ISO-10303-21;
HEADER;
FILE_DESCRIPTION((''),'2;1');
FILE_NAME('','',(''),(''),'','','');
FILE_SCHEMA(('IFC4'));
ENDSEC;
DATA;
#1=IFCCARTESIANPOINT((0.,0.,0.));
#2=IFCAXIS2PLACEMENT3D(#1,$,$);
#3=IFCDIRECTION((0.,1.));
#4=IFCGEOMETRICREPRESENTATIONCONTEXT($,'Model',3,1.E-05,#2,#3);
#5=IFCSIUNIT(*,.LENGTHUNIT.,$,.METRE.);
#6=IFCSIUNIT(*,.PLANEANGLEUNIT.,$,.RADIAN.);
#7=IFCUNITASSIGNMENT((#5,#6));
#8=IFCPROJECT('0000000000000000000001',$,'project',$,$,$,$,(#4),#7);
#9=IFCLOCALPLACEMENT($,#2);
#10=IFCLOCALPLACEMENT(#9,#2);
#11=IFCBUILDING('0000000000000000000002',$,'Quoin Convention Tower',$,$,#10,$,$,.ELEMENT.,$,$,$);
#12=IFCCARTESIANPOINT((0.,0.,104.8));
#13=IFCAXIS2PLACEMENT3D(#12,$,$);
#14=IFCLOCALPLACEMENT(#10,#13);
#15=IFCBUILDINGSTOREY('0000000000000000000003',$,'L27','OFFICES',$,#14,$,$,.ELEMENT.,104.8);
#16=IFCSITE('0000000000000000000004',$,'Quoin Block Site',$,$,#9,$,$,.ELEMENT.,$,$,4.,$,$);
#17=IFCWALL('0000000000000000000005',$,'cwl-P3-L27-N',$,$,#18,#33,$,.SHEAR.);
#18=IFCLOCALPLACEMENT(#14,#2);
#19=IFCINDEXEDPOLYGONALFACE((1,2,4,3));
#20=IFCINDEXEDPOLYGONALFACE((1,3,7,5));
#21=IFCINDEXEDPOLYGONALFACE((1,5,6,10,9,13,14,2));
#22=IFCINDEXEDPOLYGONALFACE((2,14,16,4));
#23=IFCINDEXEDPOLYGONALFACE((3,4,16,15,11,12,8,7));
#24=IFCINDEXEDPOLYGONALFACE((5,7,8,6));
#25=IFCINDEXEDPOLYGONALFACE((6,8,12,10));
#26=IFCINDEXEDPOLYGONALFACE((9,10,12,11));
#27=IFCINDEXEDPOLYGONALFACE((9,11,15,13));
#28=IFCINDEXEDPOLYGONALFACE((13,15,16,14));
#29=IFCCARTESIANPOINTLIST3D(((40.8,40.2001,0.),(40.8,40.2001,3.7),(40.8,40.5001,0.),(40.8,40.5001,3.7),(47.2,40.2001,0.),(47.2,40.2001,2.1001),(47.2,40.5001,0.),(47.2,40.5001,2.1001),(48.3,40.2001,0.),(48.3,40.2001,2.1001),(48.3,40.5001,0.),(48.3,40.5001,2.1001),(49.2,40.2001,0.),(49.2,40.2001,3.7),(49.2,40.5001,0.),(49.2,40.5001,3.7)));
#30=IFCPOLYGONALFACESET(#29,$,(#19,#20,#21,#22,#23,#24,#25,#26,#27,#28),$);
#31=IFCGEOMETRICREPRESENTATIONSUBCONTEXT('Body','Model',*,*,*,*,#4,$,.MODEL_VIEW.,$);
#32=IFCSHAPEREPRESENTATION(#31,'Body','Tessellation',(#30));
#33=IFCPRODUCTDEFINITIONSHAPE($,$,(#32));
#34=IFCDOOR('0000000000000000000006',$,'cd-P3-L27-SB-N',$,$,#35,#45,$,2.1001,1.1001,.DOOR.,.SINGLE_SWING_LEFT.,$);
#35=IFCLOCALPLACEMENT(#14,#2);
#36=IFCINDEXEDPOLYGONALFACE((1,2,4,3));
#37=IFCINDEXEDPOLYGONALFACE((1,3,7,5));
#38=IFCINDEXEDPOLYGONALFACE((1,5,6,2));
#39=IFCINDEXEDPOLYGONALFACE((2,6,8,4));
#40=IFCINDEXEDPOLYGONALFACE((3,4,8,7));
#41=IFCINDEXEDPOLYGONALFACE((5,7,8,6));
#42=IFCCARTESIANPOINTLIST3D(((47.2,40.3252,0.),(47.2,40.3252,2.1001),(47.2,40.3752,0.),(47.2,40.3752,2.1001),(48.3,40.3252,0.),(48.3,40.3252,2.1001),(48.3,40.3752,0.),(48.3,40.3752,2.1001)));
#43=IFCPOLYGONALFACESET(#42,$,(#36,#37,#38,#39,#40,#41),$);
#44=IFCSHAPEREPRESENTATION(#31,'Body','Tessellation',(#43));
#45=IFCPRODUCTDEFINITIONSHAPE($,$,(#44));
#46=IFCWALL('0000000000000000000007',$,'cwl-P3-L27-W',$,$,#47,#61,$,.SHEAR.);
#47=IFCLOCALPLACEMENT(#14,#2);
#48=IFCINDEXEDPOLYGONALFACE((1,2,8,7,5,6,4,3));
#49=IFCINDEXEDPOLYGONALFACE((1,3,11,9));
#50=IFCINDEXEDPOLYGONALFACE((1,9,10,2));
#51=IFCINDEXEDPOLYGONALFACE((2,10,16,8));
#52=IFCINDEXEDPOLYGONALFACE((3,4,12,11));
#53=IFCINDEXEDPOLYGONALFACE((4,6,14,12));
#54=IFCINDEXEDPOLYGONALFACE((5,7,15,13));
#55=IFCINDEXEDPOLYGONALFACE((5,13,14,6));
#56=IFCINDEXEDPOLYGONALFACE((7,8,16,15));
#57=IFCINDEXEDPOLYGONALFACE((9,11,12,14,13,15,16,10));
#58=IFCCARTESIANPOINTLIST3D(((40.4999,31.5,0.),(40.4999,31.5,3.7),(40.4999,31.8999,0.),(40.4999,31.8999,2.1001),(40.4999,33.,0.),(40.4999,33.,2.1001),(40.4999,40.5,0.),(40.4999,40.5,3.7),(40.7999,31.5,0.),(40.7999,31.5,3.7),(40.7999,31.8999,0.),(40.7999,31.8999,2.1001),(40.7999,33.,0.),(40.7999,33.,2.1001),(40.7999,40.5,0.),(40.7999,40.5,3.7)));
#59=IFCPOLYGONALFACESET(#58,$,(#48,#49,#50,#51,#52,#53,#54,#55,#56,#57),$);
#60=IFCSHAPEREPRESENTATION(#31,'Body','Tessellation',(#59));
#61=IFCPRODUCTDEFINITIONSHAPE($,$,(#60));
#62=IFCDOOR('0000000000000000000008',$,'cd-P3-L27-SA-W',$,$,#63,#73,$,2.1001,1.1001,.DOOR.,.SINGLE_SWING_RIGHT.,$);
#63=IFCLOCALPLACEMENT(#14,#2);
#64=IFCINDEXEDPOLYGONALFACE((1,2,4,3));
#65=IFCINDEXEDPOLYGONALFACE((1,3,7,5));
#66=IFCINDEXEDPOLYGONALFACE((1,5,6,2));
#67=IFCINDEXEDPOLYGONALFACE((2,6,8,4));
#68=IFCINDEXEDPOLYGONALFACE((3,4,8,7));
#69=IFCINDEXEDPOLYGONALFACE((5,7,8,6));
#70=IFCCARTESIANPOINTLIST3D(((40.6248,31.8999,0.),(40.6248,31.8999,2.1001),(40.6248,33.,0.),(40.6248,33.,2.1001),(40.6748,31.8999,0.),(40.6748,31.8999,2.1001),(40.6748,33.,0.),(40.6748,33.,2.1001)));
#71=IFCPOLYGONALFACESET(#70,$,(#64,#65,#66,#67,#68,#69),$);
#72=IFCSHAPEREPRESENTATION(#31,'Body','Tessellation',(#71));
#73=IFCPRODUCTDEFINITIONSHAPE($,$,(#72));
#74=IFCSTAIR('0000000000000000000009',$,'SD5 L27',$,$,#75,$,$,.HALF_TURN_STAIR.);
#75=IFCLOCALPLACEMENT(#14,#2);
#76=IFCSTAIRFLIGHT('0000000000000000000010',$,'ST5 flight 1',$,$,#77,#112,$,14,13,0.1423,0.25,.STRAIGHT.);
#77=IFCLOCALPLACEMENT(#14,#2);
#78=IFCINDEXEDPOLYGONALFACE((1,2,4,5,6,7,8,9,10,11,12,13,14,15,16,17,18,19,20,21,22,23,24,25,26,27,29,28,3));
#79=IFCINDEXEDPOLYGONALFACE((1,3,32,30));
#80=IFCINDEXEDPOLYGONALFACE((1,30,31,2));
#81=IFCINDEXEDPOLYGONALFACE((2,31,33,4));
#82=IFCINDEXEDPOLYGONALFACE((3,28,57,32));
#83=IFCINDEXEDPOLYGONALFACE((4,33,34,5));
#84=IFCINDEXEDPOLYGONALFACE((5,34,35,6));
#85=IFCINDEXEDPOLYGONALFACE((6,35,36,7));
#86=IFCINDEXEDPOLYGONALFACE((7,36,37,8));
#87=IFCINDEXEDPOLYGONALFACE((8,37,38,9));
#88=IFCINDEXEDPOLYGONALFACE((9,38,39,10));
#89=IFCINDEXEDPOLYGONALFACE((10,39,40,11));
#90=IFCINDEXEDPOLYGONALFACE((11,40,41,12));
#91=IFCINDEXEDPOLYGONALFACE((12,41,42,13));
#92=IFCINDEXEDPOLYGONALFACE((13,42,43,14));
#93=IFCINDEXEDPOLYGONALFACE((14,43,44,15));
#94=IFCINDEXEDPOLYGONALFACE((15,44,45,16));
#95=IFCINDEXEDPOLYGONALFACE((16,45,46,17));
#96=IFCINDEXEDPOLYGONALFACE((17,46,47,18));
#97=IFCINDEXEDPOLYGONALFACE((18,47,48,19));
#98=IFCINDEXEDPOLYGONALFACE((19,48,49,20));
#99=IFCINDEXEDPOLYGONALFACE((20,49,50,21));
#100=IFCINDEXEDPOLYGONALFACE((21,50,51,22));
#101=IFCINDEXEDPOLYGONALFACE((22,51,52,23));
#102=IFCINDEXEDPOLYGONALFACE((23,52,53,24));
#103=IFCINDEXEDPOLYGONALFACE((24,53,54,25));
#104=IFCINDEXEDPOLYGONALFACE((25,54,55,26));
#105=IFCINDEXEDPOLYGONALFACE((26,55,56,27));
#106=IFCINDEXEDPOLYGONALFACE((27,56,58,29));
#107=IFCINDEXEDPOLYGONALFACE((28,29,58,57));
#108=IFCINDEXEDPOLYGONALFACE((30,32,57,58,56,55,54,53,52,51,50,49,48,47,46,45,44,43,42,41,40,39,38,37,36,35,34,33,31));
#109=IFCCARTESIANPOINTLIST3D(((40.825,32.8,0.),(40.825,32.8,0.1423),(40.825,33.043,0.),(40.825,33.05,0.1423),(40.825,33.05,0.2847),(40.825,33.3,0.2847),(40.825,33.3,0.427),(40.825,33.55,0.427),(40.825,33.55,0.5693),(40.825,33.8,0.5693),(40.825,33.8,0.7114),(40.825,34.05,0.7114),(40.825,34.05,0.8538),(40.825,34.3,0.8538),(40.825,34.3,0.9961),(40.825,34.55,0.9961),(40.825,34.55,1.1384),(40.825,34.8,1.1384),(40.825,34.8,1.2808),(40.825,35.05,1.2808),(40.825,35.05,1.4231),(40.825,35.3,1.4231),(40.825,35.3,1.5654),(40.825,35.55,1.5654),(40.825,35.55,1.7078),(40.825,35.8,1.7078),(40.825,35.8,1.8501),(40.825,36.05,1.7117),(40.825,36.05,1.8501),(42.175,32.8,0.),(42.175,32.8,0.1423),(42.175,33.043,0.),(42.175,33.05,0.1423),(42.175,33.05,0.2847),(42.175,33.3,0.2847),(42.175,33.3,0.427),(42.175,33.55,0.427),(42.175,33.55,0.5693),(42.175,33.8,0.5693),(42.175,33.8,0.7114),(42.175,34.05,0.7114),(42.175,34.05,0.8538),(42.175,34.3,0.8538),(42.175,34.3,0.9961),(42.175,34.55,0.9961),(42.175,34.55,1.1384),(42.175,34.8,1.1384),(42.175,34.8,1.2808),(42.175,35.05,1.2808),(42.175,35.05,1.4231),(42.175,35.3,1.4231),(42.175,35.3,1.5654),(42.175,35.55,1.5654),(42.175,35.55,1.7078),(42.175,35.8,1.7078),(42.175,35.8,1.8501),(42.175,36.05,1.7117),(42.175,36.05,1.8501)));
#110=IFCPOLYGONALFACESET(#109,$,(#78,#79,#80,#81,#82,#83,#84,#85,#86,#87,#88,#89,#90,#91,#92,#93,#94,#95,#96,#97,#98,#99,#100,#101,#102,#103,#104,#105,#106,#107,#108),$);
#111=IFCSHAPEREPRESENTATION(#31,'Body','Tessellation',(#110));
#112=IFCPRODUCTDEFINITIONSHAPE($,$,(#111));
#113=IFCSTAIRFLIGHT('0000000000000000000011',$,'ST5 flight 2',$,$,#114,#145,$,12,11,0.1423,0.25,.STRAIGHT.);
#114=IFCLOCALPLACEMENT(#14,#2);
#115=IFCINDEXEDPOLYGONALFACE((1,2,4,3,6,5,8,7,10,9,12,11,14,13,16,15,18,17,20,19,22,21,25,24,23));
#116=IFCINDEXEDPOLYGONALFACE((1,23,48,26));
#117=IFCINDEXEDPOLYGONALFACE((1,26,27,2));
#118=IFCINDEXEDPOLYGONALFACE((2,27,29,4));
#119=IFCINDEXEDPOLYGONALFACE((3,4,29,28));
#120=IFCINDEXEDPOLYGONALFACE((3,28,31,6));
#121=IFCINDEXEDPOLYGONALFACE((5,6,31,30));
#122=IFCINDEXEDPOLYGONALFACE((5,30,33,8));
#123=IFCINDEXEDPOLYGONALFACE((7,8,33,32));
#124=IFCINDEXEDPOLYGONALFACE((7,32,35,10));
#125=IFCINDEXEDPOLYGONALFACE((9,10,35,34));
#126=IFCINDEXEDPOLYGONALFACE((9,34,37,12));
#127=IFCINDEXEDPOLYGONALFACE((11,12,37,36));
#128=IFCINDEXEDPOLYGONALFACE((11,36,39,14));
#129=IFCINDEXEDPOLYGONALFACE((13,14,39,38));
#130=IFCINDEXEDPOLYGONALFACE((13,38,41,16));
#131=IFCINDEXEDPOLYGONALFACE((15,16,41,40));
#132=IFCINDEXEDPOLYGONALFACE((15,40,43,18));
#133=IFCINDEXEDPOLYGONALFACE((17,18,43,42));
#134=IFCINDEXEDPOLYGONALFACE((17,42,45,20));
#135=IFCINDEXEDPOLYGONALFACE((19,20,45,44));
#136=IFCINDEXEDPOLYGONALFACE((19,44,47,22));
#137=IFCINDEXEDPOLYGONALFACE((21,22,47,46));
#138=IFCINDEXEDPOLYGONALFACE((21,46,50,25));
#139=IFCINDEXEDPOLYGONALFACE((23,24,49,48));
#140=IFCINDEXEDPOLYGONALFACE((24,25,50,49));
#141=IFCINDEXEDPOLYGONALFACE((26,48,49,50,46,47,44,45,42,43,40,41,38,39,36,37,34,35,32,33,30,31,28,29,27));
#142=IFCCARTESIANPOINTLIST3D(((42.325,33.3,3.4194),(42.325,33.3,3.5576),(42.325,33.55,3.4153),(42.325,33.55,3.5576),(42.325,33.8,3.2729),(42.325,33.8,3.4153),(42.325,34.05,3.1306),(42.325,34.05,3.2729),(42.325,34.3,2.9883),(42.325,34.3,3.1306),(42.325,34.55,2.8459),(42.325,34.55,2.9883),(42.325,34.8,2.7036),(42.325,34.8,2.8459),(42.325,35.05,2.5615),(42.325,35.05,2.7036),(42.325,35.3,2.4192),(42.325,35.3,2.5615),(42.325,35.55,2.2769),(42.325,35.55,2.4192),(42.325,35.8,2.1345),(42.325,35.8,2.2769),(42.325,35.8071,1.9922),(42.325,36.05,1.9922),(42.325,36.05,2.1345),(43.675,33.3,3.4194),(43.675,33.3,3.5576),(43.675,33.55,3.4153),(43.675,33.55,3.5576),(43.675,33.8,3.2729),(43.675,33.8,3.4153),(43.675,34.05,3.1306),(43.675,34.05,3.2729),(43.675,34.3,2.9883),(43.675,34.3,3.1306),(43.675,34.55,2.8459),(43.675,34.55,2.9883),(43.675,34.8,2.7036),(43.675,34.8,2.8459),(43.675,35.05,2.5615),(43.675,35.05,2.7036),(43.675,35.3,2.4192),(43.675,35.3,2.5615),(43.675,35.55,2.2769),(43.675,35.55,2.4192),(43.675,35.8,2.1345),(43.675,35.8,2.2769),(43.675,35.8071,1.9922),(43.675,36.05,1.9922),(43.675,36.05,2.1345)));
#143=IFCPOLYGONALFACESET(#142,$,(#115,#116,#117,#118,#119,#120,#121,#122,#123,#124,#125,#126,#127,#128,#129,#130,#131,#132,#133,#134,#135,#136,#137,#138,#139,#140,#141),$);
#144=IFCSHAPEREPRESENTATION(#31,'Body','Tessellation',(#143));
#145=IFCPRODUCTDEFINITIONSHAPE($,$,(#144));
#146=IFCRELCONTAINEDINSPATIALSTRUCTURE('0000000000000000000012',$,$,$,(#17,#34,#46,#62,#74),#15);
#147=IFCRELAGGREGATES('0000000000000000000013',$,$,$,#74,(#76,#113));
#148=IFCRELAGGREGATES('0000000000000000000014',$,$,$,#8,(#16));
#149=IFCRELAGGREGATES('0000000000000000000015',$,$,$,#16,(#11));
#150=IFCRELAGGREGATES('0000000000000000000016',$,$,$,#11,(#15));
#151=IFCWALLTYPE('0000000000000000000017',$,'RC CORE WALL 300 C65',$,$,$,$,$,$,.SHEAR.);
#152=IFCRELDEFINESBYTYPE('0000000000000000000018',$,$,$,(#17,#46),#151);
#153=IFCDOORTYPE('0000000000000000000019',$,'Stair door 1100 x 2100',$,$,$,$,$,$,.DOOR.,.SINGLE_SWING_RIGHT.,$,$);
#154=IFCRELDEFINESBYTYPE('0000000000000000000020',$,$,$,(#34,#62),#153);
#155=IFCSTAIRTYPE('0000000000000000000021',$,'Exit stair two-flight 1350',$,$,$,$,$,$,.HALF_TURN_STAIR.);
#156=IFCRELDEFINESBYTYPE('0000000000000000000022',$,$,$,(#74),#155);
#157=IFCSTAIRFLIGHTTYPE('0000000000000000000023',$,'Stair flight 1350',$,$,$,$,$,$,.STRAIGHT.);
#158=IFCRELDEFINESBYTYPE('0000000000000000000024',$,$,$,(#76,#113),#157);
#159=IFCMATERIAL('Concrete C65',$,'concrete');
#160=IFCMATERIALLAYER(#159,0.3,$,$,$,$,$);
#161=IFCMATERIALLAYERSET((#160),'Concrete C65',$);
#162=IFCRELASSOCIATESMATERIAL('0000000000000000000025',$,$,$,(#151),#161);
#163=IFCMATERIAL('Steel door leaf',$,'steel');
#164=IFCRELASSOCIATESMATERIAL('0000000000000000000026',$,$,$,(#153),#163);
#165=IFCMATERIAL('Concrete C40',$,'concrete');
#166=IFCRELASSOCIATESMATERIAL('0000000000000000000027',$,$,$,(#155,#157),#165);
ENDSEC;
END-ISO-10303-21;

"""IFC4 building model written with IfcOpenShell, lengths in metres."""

from ifc_helpers import new_model, si_unit, direction, frame, frame_2d, origin, place, context, subcontext, project, spatial, polyline, rectangle, outline, extrude, material, layer, layer_set, type_object, element, fill, aggregate, save


model = new_model("IFC4")

# Units and contexts
model_context = context("Model", 3, precision=1e-05, world=origin(), true_north=direction((0.0, 1.0)))
body_context = subcontext(model_context, "Body", "Model", "MODEL_VIEW")
ifc_project = project(units=[si_unit("LENGTHUNIT", "METRE"), si_unit("PLANEANGLEUNIT", "RADIAN")], contexts=[model_context])

# Site, building, storey
site_placement = place(None, origin())
site = spatial("IfcSite", under=ifc_project, at=site_placement, Name="Quoin Block Site", CompositionType="ELEMENT", RefElevation=4.0)
building_placement = place(site_placement, origin())
building = spatial("IfcBuilding", under=site, at=building_placement, Name="Quoin Convention Tower", CompositionType="ELEMENT")
storey_placement = place(building_placement, frame((0.0, 0.0, 104.8)))
storey = spatial("IfcBuildingStorey", under=building, at=storey_placement, Name="L27", Description="OFFICES", CompositionType="ELEMENT", Elevation=104.8)

# Shared definitions
ifc_material_1 = material(Name="Concrete C65", Category="concrete")

# Shared definitions
ifc_material_2 = material(Name="Steel door leaf", Category="steel")

# Walls, openings, doors
ifc_layer_1 = layer(ifc_material_1, 0.3)
ifc_layer_set_1 = layer_set([ifc_layer_1], Name="Concrete C65")
wall_type_1 = type_object("IfcWallType", Name="RC CORE WALL 300 C65", PredefinedType="SHEAR", material=ifc_layer_set_1)
wall_1_placement = place(storey_placement, frame((40.8, 40.3501, 0.0), z_axis=(0.0, 0.0, 1.0), x_axis=(1.0, 0.0, 0.0)))
wall_1 = element("IfcWall", 1, at=wall_1_placement, inside=storey, type_object=wall_type_1, Name="cwl-P3-L27-N", PredefinedType="SHEAR", context=body_context, shape_type="SweptSolid", body=[
    extrude(rectangle(XDim=8.3999, YDim=0.3, at=frame_2d((4.2, 0.0))), origin(), (0.0, 0.0, 1.0), 3.7),
])
opening_1_placement = place(wall_1_placement, frame((6.3999, 0.0, 0.0)))
opening_1 = element("IfcOpeningElement", 2, at=opening_1_placement, cuts=wall_1, PredefinedType="OPENING", context=body_context, shape_type="SweptSolid", body=[
    extrude(rectangle(XDim=1.1001, YDim=2.1001, at=frame_2d((0.55, 1.05))), frame((0.0, 0.1599, 0.0), z_axis=(0.0, -1.0, 0.0), x_axis=(1.0, 0.0, 0.0)), (0.0, 0.0, 1.0), 0.3201),
])
door_type_1 = type_object("IfcDoorType", Name="Stair door 1100 x 2100", OperationType="SINGLE_SWING_RIGHT", PredefinedType="DOOR", material=ifc_material_2)
door_1_placement = place(opening_1_placement, frame((1.1001, 0.0, 0.0), z_axis=(0.0, 0.0, 1.0), x_axis=(-1.0, 0.0, 0.0)))
door_1 = element("IfcDoor", 3, at=door_1_placement, inside=storey, type_object=door_type_1, Name="cd-P3-L27-SB-N", OperationType="SINGLE_SWING_LEFT", OverallHeight=2.1001, OverallWidth=1.1001, PredefinedType="DOOR", context=body_context, shape_type="SweptSolid", body=[
    extrude(rectangle(XDim=1.1001, YDim=2.1001, at=frame_2d((0.55, 1.05))), frame((0.0, 0.0249, 0.0), z_axis=(0.0, -1.0, 0.0), x_axis=(1.0, 0.0, 0.0)), (0.0, 0.0, 1.0), 0.05),
])
fill(opening_1, door_1)
wall_2_placement = place(storey_placement, frame((40.6499, 31.5, 0.0), z_axis=(0.0, 0.0, 1.0), x_axis=(0.0, 1.0, 0.0)))
wall_2 = element("IfcWall", 4, at=wall_2_placement, inside=storey, type_object=wall_type_1, Name="cwl-P3-L27-W", PredefinedType="SHEAR", context=body_context, shape_type="SweptSolid", body=[
    extrude(rectangle(XDim=9.0, YDim=0.3, at=frame_2d((4.5, 0.0))), origin(), (0.0, 0.0, 1.0), 3.7),
])
opening_2_placement = place(wall_2_placement, frame((0.3999, 0.0, 0.0)))
opening_2 = element("IfcOpeningElement", 5, at=opening_2_placement, cuts=wall_2, PredefinedType="OPENING", context=body_context, shape_type="SweptSolid", body=[
    extrude(rectangle(XDim=1.1001, YDim=2.1001, at=frame_2d((0.55, 1.05))), frame((0.0, 0.1599, 0.0), z_axis=(0.0, -1.0, 0.0), x_axis=(1.0, 0.0, 0.0)), (0.0, 0.0, 1.0), 0.3201),
])
door_2_placement = place(opening_2_placement, frame((1.1001, 0.0, 0.0), z_axis=(0.0, 0.0, 1.0), x_axis=(-1.0, 0.0, 0.0)))
door_2 = element("IfcDoor", 6, at=door_2_placement, inside=storey, type_object=door_type_1, Name="cd-P3-L27-SA-W", OperationType="SINGLE_SWING_RIGHT", OverallHeight=2.1001, OverallWidth=1.1001, PredefinedType="DOOR", context=body_context, shape_type="SweptSolid", body=[
    extrude(rectangle(XDim=1.1001, YDim=2.1001, at=frame_2d((0.55, 1.05))), frame((0.0, 0.0249, 0.0), z_axis=(0.0, -1.0, 0.0), x_axis=(1.0, 0.0, 0.0)), (0.0, 0.0, 1.0), 0.05),
])
fill(opening_2, door_2)

# Stair, stair flights
ifc_material_3 = material(Name="Concrete C40", Category="concrete")
stair_type = type_object("IfcStairType", Name="Exit stair two-flight 1350", PredefinedType="HALF_TURN_STAIR", material=ifc_material_3)
stair_placement = place(storey_placement, origin())
stair = element("IfcStair", 7, at=stair_placement, inside=storey, type_object=stair_type, Name="SD5 L27", PredefinedType="HALF_TURN_STAIR")
stair_flight_type = type_object("IfcStairFlightType", Name="Stair flight 1350", PredefinedType="STRAIGHT", material=ifc_material_3)
stair_flight_1_placement = place(storey_placement, frame((41.5, 32.8, 0.0), z_axis=(0.0, 0.0, 1.0), x_axis=(0.0, 1.0, 0.0)))
stair_flight_1 = element("IfcStairFlight", 8, at=stair_flight_1_placement, type_object=stair_flight_type, Name="ST5 flight 1", NumberOfRisers=14, NumberOfTreads=13, PredefinedType="STRAIGHT", RiserHeight=0.1423, TreadLength=0.25, context=body_context, shape_type="SweptSolid", body=[
    extrude(outline(polyline([(0.0, 0.0), (0.0, 0.1423), (0.25, 0.1423), (0.25, 0.2847), (0.5, 0.2847), (0.5, 0.427), (0.75, 0.427), (0.75, 0.5693), (1.0, 0.5693), (1.0, 0.7114), (1.25, 0.7114), (1.25, 0.8538), (1.5, 0.8538), (1.5, 0.9961), (1.75, 0.9961), (1.75, 1.1384), (2.0, 1.1384), (2.0, 1.2808), (2.25, 1.2808), (2.25, 1.4231), (2.5, 1.4231), (2.5, 1.5654), (2.75, 1.5654), (2.75, 1.7078), (3.0, 1.7078), (3.0, 1.8501), (3.25, 1.8501), (3.25, 1.9922), (3.25, 1.7117), (0.2429, 0.0), (0.0, 0.0)])), frame((0.0, 0.675, 0.0), z_axis=(0.0, -1.0, 0.0), x_axis=(1.0, 0.0, 0.0)), (0.0, 0.0, 1.0), 1.3501),
])
stair_flight_2_placement = place(storey_placement, frame((43.0, 36.05, 1.9922), z_axis=(0.0, 0.0, 1.0), x_axis=(0.0, -1.0, 0.0)))
stair_flight_2 = element("IfcStairFlight", 9, at=stair_flight_2_placement, type_object=stair_flight_type, Name="ST5 flight 2", NumberOfRisers=12, NumberOfTreads=11, PredefinedType="STRAIGHT", RiserHeight=0.1423, TreadLength=0.25, context=body_context, shape_type="SweptSolid", body=[
    extrude(outline(polyline([(0.0, 0.0), (0.0, 0.1423), (0.25, 0.1423), (0.25, 0.2847), (0.5, 0.2847), (0.5, 0.427), (0.75, 0.427), (0.75, 0.5693), (1.0, 0.5693), (1.0, 0.7114), (1.25, 0.7114), (1.25, 0.8538), (1.5, 0.8538), (1.5, 0.9961), (1.75, 0.9961), (1.75, 1.1384), (2.0, 1.1384), (2.0, 1.2808), (2.25, 1.2808), (2.25, 1.4231), (2.5, 1.4231), (2.5, 1.5654), (2.75, 1.5654), (2.75, 1.7078), (2.75, 1.4272), (0.2429, 0.0), (0.0, 0.0)])), frame((0.0, 0.675, 0.0), z_axis=(0.0, -1.0, 0.0), x_axis=(1.0, 0.0, 0.0)), (0.0, 0.0, 1.0), 1.3501),
])
aggregate(stair, [stair_flight_1, stair_flight_2])

save(model, "model.ifc")
